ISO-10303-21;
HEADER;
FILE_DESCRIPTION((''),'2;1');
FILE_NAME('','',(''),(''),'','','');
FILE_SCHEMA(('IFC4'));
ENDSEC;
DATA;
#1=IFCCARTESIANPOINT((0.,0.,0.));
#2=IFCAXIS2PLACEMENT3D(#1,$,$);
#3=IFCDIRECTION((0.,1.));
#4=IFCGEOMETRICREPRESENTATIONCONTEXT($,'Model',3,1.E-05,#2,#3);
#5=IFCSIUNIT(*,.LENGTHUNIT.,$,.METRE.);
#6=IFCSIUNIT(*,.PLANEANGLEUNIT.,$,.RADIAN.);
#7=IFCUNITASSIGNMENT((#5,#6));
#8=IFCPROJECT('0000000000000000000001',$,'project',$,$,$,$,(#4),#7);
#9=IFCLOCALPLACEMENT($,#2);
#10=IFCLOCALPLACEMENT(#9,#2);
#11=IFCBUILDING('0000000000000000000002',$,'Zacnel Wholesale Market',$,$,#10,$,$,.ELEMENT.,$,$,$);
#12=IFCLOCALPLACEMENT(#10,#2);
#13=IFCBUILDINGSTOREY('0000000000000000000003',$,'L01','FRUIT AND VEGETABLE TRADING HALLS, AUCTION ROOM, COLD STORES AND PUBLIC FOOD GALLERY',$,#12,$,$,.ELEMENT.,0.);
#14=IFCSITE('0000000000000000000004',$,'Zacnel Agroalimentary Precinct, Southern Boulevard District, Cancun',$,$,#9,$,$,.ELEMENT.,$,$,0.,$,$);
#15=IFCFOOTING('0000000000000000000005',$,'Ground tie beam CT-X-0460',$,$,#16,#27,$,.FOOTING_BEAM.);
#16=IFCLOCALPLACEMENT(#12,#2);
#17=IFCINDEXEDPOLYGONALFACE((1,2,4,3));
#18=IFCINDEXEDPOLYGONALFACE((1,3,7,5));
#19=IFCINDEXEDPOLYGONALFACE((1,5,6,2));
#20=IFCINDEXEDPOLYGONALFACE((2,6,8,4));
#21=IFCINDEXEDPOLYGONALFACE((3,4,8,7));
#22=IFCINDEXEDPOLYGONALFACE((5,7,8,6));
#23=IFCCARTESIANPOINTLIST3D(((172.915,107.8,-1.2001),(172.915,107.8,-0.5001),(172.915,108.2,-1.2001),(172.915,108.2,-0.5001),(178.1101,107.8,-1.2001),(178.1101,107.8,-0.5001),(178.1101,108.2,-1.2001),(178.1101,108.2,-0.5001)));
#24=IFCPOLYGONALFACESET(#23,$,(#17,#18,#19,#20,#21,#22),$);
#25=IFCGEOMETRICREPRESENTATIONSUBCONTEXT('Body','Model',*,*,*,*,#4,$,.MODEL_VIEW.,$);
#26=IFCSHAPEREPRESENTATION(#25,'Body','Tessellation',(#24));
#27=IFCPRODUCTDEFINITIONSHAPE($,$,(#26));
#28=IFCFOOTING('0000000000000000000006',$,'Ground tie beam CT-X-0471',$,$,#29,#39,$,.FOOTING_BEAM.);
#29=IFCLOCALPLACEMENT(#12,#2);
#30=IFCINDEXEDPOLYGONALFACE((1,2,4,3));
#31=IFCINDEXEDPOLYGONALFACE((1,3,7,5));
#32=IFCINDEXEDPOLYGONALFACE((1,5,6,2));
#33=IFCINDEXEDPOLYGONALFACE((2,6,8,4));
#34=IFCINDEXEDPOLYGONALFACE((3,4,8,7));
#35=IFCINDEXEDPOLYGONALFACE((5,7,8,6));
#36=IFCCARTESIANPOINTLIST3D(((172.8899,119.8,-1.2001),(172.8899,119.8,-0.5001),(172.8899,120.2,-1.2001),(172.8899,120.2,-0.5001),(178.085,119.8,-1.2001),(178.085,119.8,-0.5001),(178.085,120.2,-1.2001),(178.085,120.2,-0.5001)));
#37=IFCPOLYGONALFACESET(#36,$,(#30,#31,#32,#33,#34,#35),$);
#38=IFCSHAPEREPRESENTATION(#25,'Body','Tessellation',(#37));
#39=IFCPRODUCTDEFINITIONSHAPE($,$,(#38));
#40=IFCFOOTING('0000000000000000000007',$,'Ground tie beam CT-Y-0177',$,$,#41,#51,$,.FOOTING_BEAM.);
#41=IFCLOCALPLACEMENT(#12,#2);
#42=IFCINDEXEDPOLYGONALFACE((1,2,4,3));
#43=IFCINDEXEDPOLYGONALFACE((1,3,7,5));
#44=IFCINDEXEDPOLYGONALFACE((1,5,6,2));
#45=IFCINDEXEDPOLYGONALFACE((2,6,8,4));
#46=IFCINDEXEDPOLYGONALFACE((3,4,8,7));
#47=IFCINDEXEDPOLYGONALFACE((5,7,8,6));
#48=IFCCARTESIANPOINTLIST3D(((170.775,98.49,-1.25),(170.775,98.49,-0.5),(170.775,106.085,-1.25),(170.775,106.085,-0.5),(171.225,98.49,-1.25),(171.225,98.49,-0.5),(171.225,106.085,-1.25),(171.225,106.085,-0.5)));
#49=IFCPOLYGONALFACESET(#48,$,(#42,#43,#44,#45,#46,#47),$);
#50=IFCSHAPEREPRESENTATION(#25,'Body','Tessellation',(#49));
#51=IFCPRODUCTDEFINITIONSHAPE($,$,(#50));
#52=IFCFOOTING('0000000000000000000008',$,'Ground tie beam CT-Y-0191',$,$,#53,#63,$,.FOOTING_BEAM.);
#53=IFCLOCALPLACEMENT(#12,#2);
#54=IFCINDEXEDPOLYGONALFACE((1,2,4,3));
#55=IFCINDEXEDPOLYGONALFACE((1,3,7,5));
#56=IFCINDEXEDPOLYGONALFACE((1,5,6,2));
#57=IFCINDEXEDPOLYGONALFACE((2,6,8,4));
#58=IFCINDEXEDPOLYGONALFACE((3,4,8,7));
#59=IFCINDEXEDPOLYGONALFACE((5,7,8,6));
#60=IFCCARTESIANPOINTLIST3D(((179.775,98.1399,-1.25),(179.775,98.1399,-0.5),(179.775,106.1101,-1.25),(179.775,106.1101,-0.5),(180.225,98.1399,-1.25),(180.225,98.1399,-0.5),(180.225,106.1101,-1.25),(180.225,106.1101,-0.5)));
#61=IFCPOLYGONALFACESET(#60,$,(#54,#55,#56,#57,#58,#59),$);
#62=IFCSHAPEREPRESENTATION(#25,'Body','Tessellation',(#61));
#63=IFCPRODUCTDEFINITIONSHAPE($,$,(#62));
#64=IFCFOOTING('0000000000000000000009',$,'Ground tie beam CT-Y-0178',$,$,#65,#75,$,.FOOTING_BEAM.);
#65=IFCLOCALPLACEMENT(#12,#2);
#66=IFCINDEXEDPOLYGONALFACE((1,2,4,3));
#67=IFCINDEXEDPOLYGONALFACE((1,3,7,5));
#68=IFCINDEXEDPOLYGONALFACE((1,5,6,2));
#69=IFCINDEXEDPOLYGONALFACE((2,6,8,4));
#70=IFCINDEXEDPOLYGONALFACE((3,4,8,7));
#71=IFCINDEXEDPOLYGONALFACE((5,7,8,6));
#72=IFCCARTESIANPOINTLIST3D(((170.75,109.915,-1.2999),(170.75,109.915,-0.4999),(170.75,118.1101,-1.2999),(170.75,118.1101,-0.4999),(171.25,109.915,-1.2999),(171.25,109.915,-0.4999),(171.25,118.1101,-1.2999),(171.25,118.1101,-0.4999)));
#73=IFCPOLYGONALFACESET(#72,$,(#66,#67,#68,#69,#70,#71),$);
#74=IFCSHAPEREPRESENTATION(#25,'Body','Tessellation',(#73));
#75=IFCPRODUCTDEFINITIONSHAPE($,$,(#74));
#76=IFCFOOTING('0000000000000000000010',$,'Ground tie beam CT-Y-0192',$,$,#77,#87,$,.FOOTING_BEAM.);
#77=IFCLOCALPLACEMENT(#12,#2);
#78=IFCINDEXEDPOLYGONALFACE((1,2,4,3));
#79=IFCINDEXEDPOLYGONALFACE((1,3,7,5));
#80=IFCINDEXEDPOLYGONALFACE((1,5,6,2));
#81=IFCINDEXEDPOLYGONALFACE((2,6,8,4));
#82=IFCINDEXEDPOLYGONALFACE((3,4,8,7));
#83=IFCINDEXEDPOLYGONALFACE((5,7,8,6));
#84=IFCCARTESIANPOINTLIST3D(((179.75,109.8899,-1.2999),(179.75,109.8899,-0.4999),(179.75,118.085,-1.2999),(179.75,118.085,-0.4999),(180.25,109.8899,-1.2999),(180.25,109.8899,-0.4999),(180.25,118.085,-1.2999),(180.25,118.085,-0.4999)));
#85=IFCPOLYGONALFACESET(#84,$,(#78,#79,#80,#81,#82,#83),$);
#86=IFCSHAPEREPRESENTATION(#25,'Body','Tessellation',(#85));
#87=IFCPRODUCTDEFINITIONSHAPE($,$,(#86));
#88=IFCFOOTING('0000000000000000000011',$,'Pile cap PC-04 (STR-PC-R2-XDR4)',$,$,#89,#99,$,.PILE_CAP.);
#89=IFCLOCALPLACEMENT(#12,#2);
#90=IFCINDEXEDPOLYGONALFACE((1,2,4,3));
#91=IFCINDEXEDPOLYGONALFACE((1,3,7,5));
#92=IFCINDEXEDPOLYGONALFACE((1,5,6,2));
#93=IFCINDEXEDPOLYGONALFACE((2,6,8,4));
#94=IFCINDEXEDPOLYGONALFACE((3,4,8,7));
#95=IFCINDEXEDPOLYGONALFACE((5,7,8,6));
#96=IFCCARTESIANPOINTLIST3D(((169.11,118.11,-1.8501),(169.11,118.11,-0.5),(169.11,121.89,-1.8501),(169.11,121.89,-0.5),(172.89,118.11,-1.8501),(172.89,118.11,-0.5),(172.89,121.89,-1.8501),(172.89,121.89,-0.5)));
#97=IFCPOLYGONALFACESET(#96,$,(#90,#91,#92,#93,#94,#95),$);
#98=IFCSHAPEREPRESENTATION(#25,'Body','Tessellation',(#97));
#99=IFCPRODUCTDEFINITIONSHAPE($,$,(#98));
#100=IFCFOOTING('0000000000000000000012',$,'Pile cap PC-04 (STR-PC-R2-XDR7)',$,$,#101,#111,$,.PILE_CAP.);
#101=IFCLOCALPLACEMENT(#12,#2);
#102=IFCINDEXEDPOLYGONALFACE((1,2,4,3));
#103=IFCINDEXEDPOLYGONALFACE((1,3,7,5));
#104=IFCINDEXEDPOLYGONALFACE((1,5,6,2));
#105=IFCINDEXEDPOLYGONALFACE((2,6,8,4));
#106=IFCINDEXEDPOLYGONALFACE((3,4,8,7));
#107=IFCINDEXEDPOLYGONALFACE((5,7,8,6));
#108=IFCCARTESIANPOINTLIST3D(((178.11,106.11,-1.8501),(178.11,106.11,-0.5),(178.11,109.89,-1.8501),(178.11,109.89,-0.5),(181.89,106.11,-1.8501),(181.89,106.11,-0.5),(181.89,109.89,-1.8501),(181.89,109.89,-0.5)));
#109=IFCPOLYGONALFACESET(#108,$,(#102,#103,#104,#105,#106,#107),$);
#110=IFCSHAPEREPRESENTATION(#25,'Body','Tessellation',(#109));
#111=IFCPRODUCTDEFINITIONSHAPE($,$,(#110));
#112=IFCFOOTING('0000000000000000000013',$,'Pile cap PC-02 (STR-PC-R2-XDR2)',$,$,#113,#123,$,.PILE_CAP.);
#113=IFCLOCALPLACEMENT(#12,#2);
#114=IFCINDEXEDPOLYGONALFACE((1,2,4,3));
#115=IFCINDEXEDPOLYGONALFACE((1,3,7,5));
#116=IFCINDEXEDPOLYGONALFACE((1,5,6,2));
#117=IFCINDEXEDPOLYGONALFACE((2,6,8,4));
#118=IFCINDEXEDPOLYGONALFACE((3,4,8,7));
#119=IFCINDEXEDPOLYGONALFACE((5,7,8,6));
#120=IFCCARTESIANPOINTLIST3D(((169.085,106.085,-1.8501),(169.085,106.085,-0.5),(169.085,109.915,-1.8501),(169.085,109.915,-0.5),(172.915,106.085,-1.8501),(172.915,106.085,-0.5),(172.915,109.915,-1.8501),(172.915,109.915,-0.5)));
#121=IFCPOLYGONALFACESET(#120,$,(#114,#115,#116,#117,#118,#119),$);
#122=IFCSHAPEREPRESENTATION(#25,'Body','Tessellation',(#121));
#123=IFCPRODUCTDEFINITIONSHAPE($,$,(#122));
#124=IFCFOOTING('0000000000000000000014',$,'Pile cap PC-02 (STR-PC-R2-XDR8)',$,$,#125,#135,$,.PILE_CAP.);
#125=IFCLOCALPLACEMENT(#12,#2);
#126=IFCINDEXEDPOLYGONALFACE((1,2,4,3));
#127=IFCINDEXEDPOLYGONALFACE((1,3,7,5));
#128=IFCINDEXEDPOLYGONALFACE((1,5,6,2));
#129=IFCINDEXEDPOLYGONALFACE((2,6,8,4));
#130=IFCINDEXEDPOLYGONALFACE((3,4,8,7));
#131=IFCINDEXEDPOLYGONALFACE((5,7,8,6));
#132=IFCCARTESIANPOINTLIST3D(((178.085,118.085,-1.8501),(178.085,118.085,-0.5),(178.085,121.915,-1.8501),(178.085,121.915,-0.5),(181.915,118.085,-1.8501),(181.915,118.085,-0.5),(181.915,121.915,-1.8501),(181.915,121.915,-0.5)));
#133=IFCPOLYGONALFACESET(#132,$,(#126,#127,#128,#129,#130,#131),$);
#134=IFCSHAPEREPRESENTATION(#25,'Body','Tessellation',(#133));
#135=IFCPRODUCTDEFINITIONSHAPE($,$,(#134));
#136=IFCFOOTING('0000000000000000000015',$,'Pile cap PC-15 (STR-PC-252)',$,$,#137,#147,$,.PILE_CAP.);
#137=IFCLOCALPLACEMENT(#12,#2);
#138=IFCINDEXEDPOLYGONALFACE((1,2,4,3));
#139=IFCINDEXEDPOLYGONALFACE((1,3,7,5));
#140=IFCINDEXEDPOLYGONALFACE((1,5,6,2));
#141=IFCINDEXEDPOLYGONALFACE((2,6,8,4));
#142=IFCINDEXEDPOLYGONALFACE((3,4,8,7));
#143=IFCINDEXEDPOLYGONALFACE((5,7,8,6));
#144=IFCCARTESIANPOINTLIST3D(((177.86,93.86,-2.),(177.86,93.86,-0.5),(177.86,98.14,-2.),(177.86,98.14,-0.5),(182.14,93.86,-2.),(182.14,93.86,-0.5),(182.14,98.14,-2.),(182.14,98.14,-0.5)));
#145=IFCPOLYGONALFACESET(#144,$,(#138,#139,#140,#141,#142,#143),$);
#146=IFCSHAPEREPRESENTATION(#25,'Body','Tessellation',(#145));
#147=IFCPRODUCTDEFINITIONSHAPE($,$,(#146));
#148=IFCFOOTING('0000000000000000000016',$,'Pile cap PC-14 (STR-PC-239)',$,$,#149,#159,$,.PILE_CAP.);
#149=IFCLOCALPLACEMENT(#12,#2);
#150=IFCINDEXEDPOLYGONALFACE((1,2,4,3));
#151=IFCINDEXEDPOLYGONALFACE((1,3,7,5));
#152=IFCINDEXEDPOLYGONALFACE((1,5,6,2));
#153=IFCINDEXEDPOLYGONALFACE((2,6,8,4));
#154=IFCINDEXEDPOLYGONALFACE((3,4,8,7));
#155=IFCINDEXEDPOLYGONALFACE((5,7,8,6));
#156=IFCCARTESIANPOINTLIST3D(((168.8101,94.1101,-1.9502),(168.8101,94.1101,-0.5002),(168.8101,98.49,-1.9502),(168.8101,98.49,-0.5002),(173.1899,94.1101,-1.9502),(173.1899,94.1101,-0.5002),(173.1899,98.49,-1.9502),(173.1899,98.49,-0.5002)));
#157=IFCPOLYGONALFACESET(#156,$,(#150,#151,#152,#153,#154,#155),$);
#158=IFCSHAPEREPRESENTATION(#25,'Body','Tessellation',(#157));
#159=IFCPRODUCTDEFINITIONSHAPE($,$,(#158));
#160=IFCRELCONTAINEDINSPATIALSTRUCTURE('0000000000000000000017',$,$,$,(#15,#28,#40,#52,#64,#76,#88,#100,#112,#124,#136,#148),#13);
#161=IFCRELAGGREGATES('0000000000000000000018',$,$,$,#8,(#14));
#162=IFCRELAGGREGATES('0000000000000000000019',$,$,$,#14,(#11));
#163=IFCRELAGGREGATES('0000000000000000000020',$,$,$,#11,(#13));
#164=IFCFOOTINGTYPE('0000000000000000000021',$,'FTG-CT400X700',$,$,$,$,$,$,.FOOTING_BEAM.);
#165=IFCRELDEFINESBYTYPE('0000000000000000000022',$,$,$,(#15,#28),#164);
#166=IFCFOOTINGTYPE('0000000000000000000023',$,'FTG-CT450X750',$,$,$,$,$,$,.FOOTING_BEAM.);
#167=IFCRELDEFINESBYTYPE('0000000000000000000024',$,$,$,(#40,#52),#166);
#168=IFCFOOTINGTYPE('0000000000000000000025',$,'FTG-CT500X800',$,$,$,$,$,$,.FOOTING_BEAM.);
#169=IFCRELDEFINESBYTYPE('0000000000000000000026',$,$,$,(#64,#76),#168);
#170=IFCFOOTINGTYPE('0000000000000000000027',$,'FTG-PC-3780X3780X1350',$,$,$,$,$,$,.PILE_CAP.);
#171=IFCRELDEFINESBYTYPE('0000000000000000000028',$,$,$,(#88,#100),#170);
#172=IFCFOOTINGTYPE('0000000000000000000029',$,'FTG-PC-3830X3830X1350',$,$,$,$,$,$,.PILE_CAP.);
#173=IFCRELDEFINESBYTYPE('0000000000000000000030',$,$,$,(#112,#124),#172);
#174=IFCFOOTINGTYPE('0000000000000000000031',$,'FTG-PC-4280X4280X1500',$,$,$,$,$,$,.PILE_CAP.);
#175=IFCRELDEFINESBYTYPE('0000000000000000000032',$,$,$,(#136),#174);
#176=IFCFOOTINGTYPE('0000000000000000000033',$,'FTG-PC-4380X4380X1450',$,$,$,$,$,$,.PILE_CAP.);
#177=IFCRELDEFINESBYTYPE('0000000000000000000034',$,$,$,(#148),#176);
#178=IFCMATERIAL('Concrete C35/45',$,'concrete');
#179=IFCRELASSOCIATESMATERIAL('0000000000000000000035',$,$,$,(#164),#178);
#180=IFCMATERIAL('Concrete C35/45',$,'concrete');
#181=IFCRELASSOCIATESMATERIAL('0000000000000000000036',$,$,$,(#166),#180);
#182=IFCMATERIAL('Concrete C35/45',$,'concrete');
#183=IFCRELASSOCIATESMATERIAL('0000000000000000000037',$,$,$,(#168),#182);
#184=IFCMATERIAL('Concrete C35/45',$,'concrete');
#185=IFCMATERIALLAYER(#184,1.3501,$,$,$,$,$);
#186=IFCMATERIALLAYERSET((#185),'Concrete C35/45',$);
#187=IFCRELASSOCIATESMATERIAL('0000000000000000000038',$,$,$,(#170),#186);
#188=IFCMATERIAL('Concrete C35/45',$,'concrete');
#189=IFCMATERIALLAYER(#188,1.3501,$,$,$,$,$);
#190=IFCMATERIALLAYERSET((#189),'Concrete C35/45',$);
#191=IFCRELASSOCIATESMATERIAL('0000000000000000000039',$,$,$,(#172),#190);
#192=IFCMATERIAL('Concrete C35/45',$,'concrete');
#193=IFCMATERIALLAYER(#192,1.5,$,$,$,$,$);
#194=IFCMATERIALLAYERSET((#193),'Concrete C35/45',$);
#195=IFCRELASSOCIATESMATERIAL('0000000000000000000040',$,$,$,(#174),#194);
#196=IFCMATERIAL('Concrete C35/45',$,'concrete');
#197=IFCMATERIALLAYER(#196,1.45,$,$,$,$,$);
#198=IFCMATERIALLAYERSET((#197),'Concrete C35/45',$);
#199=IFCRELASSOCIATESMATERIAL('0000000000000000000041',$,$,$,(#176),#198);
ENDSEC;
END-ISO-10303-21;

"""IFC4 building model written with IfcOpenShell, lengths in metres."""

from ifc_helpers import new_model, si_unit, direction, frame, origin, origin_2d, place, context, subcontext, project, spatial, rectangle, extrude, material, layer, layer_set, material_profile, profile_set, type_object, element, save


model = new_model("IFC4")

# Units and contexts
model_context = context("Model", 3, precision=1e-05, world=origin(), true_north=direction((0.0, 1.0)))
body_context = subcontext(model_context, "Body", "Model", "MODEL_VIEW")
ifc_project = project(units=[si_unit("LENGTHUNIT", "METRE"), si_unit("PLANEANGLEUNIT", "RADIAN")], contexts=[model_context])

# Site, building, storey
site_placement = place(None, origin())
site = spatial("IfcSite", under=ifc_project, at=site_placement, Name="Zacnel Agroalimentary Precinct, Southern Boulevard District, Cancun", CompositionType="ELEMENT", RefElevation=0.0)
building_placement = place(site_placement, origin())
building = spatial("IfcBuilding", under=site, at=building_placement, Name="Zacnel Wholesale Market", CompositionType="ELEMENT")
storey_placement = place(building_placement, origin())
storey = spatial("IfcBuildingStorey", under=building, at=storey_placement, Name="L01", Description="FRUIT AND VEGETABLE TRADING HALLS, AUCTION ROOM, COLD STORES AND PUBLIC FOOD GALLERY", CompositionType="ELEMENT", Elevation=0.0)

# Footings
ifc_material_1 = material(Name="Concrete C35/45", Category="concrete")
ifc_material_profile_1 = material_profile(ifc_material_1, rectangle(XDim=0.3999, YDim=0.7, at=origin_2d()), Name="CT 400x700")
ifc_profile_set_1 = profile_set([ifc_material_profile_1], Name="Concrete C35/45")
footing_type_1 = type_object("IfcFootingType", Name="FTG-CT400X700", PredefinedType="FOOTING_BEAM", material=ifc_profile_set_1)
for number, where, z_axis, x_axis, name in (
    (1, (172.915, 108.0, -0.8501), (1.0, 0.0, 0.0), (0.0, 1.0, 0.0), "Ground tie beam CT-X-0460"),
    (2, (172.8899, 120.0, -0.8501), (1.0, 0.0, 0.0), (0.0, 1.0, 0.0), "Ground tie beam CT-X-0471"),
):
    element("IfcFooting", number, at=place(storey_placement, frame(where, z_axis=z_axis, x_axis=x_axis)), inside=storey, type_object=footing_type_1, Name=name, PredefinedType="FOOTING_BEAM", context=body_context, shape_type="SweptSolid", body=[
        extrude(rectangle(XDim=0.3999, YDim=0.7, at=origin_2d()), origin(), (0.0, 0.0, 1.0), 5.1951),
    ])
ifc_material_2 = material(Name="Concrete C35/45", Category="concrete")
ifc_material_profile_2 = material_profile(ifc_material_2, rectangle(XDim=0.45, YDim=0.75, at=origin_2d()), Name="CT 450x750")
ifc_profile_set_2 = profile_set([ifc_material_profile_2], Name="Concrete C35/45")
footing_type_2 = type_object("IfcFootingType", Name="FTG-CT450X750", PredefinedType="FOOTING_BEAM", material=ifc_profile_set_2)
footing_1_placement = place(storey_placement, frame((171.0, 98.49, -0.875), z_axis=(0.0, 1.0, 0.0), x_axis=(-1.0, 0.0, 0.0)))
element("IfcFooting", 3, at=footing_1_placement, inside=storey, type_object=footing_type_2, Name="Ground tie beam CT-Y-0177", PredefinedType="FOOTING_BEAM", context=body_context, shape_type="SweptSolid", body=[
    extrude(rectangle(XDim=0.45, YDim=0.75, at=origin_2d()), origin(), (0.0, 0.0, 1.0), 7.595),
])
footing_2_placement = place(storey_placement, frame((180.0, 98.1399, -0.875), z_axis=(0.0, 1.0, 0.0), x_axis=(-1.0, 0.0, 0.0)))
element("IfcFooting", 4, at=footing_2_placement, inside=storey, type_object=footing_type_2, Name="Ground tie beam CT-Y-0191", PredefinedType="FOOTING_BEAM", context=body_context, shape_type="SweptSolid", body=[
    extrude(rectangle(XDim=0.45, YDim=0.75, at=origin_2d()), origin(), (0.0, 0.0, 1.0), 7.9702),
])
ifc_material_3 = material(Name="Concrete C35/45", Category="concrete")
ifc_material_profile_3 = material_profile(ifc_material_3, rectangle(XDim=0.5, YDim=0.8, at=origin_2d()), Name="CT 500x800")
ifc_profile_set_3 = profile_set([ifc_material_profile_3], Name="Concrete C35/45")
footing_type_3 = type_object("IfcFootingType", Name="FTG-CT500X800", PredefinedType="FOOTING_BEAM", material=ifc_profile_set_3)
for number, where, z_axis, x_axis, name in (
    (5, (171.0, 109.915, -0.8999), (0.0, 1.0, 0.0), (-1.0, 0.0, 0.0), "Ground tie beam CT-Y-0178"),
    (6, (180.0, 109.8899, -0.8999), (0.0, 1.0, 0.0), (-1.0, 0.0, 0.0), "Ground tie beam CT-Y-0192"),
):
    element("IfcFooting", number, at=place(storey_placement, frame(where, z_axis=z_axis, x_axis=x_axis)), inside=storey, type_object=footing_type_3, Name=name, PredefinedType="FOOTING_BEAM", context=body_context, shape_type="SweptSolid", body=[
        extrude(rectangle(XDim=0.5, YDim=0.8, at=origin_2d()), origin(), (0.0, 0.0, 1.0), 8.1951),
    ])
ifc_material_4 = material(Name="Concrete C35/45", Category="concrete")
ifc_layer_1 = layer(ifc_material_4, 1.3501)
ifc_layer_set_1 = layer_set([ifc_layer_1], Name="Concrete C35/45")
footing_type_4 = type_object("IfcFootingType", Name="FTG-PC-3780X3780X1350", PredefinedType="PILE_CAP", material=ifc_layer_set_1)
for number, where, z_axis, x_axis, name in (
    (7, (171.0, 120.0, -1.8501), (0.0, 0.0, 1.0), (1.0, 0.0, 0.0), "Pile cap PC-04 (STR-PC-R2-XDR4)"),
    (8, (180.0, 108.0, -1.8501), (0.0, 0.0, 1.0), (1.0, 0.0, 0.0), "Pile cap PC-04 (STR-PC-R2-XDR7)"),
):
    element("IfcFooting", number, at=place(storey_placement, frame(where, z_axis=z_axis, x_axis=x_axis)), inside=storey, type_object=footing_type_4, Name=name, PredefinedType="PILE_CAP", context=body_context, shape_type="SweptSolid", body=[
        extrude(rectangle(XDim=3.78, YDim=3.78, at=origin_2d()), origin(), (0.0, 0.0, 1.0), 1.3501),
    ])
ifc_material_5 = material(Name="Concrete C35/45", Category="concrete")
ifc_layer_2 = layer(ifc_material_5, 1.3501)
ifc_layer_set_2 = layer_set([ifc_layer_2], Name="Concrete C35/45")
footing_type_5 = type_object("IfcFootingType", Name="FTG-PC-3830X3830X1350", PredefinedType="PILE_CAP", material=ifc_layer_set_2)
for number, where, z_axis, x_axis, name in (
    (9, (171.0, 108.0, -1.8501), (0.0, 0.0, 1.0), (1.0, 0.0, 0.0), "Pile cap PC-02 (STR-PC-R2-XDR2)"),
    (10, (180.0, 120.0, -1.8501), (0.0, 0.0, 1.0), (1.0, 0.0, 0.0), "Pile cap PC-02 (STR-PC-R2-XDR8)"),
):
    element("IfcFooting", number, at=place(storey_placement, frame(where, z_axis=z_axis, x_axis=x_axis)), inside=storey, type_object=footing_type_5, Name=name, PredefinedType="PILE_CAP", context=body_context, shape_type="SweptSolid", body=[
        extrude(rectangle(XDim=3.8301, YDim=3.8301, at=origin_2d()), origin(), (0.0, 0.0, 1.0), 1.3501),
    ])
ifc_material_6 = material(Name="Concrete C35/45", Category="concrete")
ifc_layer_3 = layer(ifc_material_6, 1.5)
ifc_layer_set_3 = layer_set([ifc_layer_3], Name="Concrete C35/45")
footing_type_6 = type_object("IfcFootingType", Name="FTG-PC-4280X4280X1500", PredefinedType="PILE_CAP", material=ifc_layer_set_3)
footing_3_placement = place(storey_placement, frame((180.0, 96.0, -2.0), z_axis=(0.0, 0.0, 1.0), x_axis=(1.0, 0.0, 0.0)))
element("IfcFooting", 11, at=footing_3_placement, inside=storey, type_object=footing_type_6, Name="Pile cap PC-15 (STR-PC-252)", PredefinedType="PILE_CAP", context=body_context, shape_type="SweptSolid", body=[
    extrude(rectangle(XDim=4.28, YDim=4.28, at=origin_2d()), origin(), (0.0, 0.0, 1.0), 1.5),
])
ifc_material_7 = material(Name="Concrete C35/45", Category="concrete")
ifc_layer_4 = layer(ifc_material_7, 1.45)
ifc_layer_set_4 = layer_set([ifc_layer_4], Name="Concrete C35/45")
footing_type_7 = type_object("IfcFootingType", Name="FTG-PC-4380X4380X1450", PredefinedType="PILE_CAP", material=ifc_layer_set_4)
footing_4_placement = place(storey_placement, frame((171.0, 96.3, -1.9502), z_axis=(0.0, 0.0, 1.0), x_axis=(1.0, 0.0, 0.0)))
element("IfcFooting", 12, at=footing_4_placement, inside=storey, type_object=footing_type_7, Name="Pile cap PC-14 (STR-PC-239)", PredefinedType="PILE_CAP", context=body_context, shape_type="SweptSolid", body=[
    extrude(rectangle(XDim=4.3799, YDim=4.3799, at=origin_2d()), origin(), (0.0, 0.0, 1.0), 1.45),
])

save(model, "model.ifc")
